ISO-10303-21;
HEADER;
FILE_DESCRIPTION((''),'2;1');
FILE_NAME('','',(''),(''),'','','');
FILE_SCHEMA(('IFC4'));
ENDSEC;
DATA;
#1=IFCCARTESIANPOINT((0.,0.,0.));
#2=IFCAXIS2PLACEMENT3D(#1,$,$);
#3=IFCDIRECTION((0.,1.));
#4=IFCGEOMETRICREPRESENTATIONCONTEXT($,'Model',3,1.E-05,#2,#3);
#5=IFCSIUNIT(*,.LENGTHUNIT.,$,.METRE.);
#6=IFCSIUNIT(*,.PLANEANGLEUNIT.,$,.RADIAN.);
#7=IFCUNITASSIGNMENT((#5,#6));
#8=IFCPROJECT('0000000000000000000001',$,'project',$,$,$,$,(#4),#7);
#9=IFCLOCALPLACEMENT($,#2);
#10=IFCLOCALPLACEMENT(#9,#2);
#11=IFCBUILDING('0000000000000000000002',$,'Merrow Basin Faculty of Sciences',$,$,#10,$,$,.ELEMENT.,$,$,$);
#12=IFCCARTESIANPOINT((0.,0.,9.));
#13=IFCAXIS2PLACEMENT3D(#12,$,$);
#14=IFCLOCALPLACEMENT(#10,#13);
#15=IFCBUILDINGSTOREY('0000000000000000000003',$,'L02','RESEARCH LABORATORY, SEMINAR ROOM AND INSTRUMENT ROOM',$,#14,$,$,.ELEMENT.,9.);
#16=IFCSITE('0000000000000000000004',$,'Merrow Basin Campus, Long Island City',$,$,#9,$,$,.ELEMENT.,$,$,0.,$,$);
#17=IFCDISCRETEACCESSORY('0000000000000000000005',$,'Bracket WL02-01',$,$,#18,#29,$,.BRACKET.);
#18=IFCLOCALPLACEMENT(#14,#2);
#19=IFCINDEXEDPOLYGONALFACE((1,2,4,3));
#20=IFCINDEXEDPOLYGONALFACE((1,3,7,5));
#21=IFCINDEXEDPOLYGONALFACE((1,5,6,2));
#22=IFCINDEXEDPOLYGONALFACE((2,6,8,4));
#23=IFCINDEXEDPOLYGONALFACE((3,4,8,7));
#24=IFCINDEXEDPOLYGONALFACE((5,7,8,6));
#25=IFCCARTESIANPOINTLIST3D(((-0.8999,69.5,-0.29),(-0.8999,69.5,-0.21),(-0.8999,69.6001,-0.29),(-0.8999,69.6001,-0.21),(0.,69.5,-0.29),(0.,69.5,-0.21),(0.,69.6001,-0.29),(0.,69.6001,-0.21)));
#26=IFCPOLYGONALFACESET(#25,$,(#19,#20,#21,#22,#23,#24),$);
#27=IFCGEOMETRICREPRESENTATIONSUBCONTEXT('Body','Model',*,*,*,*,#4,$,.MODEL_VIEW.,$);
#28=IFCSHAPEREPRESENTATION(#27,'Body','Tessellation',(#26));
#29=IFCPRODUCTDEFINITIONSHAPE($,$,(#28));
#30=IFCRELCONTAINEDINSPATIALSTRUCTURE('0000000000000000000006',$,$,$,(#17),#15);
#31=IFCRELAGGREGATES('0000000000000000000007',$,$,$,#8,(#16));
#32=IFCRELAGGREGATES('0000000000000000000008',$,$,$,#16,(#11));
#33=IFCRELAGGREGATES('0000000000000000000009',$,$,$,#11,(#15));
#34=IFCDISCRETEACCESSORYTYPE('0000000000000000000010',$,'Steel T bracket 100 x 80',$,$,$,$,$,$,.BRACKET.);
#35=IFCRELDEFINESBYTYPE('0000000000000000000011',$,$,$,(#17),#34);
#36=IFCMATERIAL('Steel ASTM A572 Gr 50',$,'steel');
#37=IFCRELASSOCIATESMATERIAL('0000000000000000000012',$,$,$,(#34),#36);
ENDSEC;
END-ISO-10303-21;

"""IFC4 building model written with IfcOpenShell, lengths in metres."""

from ifc_helpers import new_model, si_unit, direction, frame, origin, place, context, subcontext, project, spatial, polyline, outline, extrude, source, transform, mapped, material, type_object, element, save


model = new_model("IFC4")

# Units and contexts
model_context = context("Model", 3, precision=1e-05, world=origin(), true_north=direction((0.0, 1.0)))
body_context = subcontext(model_context, "Body", "Model", "MODEL_VIEW")
ifc_project = project(units=[si_unit("LENGTHUNIT", "METRE"), si_unit("PLANEANGLEUNIT", "RADIAN")], contexts=[model_context])

# Site, building, storey
site_placement = place(None, origin())
site = spatial("IfcSite", under=ifc_project, at=site_placement, Name="Merrow Basin Campus, Long Island City", CompositionType="ELEMENT", RefElevation=0.0)
building_placement = place(site_placement, origin())
building = spatial("IfcBuilding", under=site, at=building_placement, Name="Merrow Basin Faculty of Sciences", CompositionType="ELEMENT")
storey_placement = place(building_placement, frame((0.0, 0.0, 9.0)))
storey = spatial("IfcBuildingStorey", under=building, at=storey_placement, Name="L02", Description="RESEARCH LABORATORY, SEMINAR ROOM AND INSTRUMENT ROOM", CompositionType="ELEMENT", Elevation=9.0)

# Discrete accessory
ifc_material_1 = material(Name="Steel ASTM A572 Gr 50", Category="steel")
discrete_accessory_type = type_object("IfcDiscreteAccessoryType", Name="Steel T bracket 100 x 80", PredefinedType="BRACKET", material=ifc_material_1)
shared_shape_1 = source(origin(), body_context, "Body", "SweptSolid", [
    extrude(outline(polyline([(0.0, 0.0), (0.1001, 0.0), (0.1001, 0.0801), (0.0, 0.0801), (0.0, 0.0)])), origin(), (0.0, 0.0, 1.0), 0.8999),
])
for number, where, z_axis, x_axis, name in (
    (1, (-0.8999, 69.5, -0.29), (1.0, 0.0, 0.0), (0.0, 1.0, 0.0), "Bracket WL02-01"),
):
    element("IfcDiscreteAccessory", number, at=place(storey_placement, frame(where, z_axis=z_axis, x_axis=x_axis)), inside=storey, type_object=discrete_accessory_type, Name=name, PredefinedType="BRACKET", context=body_context, shape_type="MappedRepresentation", body=[
        mapped(shared_shape_1, transform((0.0, 0.0, 0.0), scale=1.0)),
    ])

save(model, "model.ifc")
